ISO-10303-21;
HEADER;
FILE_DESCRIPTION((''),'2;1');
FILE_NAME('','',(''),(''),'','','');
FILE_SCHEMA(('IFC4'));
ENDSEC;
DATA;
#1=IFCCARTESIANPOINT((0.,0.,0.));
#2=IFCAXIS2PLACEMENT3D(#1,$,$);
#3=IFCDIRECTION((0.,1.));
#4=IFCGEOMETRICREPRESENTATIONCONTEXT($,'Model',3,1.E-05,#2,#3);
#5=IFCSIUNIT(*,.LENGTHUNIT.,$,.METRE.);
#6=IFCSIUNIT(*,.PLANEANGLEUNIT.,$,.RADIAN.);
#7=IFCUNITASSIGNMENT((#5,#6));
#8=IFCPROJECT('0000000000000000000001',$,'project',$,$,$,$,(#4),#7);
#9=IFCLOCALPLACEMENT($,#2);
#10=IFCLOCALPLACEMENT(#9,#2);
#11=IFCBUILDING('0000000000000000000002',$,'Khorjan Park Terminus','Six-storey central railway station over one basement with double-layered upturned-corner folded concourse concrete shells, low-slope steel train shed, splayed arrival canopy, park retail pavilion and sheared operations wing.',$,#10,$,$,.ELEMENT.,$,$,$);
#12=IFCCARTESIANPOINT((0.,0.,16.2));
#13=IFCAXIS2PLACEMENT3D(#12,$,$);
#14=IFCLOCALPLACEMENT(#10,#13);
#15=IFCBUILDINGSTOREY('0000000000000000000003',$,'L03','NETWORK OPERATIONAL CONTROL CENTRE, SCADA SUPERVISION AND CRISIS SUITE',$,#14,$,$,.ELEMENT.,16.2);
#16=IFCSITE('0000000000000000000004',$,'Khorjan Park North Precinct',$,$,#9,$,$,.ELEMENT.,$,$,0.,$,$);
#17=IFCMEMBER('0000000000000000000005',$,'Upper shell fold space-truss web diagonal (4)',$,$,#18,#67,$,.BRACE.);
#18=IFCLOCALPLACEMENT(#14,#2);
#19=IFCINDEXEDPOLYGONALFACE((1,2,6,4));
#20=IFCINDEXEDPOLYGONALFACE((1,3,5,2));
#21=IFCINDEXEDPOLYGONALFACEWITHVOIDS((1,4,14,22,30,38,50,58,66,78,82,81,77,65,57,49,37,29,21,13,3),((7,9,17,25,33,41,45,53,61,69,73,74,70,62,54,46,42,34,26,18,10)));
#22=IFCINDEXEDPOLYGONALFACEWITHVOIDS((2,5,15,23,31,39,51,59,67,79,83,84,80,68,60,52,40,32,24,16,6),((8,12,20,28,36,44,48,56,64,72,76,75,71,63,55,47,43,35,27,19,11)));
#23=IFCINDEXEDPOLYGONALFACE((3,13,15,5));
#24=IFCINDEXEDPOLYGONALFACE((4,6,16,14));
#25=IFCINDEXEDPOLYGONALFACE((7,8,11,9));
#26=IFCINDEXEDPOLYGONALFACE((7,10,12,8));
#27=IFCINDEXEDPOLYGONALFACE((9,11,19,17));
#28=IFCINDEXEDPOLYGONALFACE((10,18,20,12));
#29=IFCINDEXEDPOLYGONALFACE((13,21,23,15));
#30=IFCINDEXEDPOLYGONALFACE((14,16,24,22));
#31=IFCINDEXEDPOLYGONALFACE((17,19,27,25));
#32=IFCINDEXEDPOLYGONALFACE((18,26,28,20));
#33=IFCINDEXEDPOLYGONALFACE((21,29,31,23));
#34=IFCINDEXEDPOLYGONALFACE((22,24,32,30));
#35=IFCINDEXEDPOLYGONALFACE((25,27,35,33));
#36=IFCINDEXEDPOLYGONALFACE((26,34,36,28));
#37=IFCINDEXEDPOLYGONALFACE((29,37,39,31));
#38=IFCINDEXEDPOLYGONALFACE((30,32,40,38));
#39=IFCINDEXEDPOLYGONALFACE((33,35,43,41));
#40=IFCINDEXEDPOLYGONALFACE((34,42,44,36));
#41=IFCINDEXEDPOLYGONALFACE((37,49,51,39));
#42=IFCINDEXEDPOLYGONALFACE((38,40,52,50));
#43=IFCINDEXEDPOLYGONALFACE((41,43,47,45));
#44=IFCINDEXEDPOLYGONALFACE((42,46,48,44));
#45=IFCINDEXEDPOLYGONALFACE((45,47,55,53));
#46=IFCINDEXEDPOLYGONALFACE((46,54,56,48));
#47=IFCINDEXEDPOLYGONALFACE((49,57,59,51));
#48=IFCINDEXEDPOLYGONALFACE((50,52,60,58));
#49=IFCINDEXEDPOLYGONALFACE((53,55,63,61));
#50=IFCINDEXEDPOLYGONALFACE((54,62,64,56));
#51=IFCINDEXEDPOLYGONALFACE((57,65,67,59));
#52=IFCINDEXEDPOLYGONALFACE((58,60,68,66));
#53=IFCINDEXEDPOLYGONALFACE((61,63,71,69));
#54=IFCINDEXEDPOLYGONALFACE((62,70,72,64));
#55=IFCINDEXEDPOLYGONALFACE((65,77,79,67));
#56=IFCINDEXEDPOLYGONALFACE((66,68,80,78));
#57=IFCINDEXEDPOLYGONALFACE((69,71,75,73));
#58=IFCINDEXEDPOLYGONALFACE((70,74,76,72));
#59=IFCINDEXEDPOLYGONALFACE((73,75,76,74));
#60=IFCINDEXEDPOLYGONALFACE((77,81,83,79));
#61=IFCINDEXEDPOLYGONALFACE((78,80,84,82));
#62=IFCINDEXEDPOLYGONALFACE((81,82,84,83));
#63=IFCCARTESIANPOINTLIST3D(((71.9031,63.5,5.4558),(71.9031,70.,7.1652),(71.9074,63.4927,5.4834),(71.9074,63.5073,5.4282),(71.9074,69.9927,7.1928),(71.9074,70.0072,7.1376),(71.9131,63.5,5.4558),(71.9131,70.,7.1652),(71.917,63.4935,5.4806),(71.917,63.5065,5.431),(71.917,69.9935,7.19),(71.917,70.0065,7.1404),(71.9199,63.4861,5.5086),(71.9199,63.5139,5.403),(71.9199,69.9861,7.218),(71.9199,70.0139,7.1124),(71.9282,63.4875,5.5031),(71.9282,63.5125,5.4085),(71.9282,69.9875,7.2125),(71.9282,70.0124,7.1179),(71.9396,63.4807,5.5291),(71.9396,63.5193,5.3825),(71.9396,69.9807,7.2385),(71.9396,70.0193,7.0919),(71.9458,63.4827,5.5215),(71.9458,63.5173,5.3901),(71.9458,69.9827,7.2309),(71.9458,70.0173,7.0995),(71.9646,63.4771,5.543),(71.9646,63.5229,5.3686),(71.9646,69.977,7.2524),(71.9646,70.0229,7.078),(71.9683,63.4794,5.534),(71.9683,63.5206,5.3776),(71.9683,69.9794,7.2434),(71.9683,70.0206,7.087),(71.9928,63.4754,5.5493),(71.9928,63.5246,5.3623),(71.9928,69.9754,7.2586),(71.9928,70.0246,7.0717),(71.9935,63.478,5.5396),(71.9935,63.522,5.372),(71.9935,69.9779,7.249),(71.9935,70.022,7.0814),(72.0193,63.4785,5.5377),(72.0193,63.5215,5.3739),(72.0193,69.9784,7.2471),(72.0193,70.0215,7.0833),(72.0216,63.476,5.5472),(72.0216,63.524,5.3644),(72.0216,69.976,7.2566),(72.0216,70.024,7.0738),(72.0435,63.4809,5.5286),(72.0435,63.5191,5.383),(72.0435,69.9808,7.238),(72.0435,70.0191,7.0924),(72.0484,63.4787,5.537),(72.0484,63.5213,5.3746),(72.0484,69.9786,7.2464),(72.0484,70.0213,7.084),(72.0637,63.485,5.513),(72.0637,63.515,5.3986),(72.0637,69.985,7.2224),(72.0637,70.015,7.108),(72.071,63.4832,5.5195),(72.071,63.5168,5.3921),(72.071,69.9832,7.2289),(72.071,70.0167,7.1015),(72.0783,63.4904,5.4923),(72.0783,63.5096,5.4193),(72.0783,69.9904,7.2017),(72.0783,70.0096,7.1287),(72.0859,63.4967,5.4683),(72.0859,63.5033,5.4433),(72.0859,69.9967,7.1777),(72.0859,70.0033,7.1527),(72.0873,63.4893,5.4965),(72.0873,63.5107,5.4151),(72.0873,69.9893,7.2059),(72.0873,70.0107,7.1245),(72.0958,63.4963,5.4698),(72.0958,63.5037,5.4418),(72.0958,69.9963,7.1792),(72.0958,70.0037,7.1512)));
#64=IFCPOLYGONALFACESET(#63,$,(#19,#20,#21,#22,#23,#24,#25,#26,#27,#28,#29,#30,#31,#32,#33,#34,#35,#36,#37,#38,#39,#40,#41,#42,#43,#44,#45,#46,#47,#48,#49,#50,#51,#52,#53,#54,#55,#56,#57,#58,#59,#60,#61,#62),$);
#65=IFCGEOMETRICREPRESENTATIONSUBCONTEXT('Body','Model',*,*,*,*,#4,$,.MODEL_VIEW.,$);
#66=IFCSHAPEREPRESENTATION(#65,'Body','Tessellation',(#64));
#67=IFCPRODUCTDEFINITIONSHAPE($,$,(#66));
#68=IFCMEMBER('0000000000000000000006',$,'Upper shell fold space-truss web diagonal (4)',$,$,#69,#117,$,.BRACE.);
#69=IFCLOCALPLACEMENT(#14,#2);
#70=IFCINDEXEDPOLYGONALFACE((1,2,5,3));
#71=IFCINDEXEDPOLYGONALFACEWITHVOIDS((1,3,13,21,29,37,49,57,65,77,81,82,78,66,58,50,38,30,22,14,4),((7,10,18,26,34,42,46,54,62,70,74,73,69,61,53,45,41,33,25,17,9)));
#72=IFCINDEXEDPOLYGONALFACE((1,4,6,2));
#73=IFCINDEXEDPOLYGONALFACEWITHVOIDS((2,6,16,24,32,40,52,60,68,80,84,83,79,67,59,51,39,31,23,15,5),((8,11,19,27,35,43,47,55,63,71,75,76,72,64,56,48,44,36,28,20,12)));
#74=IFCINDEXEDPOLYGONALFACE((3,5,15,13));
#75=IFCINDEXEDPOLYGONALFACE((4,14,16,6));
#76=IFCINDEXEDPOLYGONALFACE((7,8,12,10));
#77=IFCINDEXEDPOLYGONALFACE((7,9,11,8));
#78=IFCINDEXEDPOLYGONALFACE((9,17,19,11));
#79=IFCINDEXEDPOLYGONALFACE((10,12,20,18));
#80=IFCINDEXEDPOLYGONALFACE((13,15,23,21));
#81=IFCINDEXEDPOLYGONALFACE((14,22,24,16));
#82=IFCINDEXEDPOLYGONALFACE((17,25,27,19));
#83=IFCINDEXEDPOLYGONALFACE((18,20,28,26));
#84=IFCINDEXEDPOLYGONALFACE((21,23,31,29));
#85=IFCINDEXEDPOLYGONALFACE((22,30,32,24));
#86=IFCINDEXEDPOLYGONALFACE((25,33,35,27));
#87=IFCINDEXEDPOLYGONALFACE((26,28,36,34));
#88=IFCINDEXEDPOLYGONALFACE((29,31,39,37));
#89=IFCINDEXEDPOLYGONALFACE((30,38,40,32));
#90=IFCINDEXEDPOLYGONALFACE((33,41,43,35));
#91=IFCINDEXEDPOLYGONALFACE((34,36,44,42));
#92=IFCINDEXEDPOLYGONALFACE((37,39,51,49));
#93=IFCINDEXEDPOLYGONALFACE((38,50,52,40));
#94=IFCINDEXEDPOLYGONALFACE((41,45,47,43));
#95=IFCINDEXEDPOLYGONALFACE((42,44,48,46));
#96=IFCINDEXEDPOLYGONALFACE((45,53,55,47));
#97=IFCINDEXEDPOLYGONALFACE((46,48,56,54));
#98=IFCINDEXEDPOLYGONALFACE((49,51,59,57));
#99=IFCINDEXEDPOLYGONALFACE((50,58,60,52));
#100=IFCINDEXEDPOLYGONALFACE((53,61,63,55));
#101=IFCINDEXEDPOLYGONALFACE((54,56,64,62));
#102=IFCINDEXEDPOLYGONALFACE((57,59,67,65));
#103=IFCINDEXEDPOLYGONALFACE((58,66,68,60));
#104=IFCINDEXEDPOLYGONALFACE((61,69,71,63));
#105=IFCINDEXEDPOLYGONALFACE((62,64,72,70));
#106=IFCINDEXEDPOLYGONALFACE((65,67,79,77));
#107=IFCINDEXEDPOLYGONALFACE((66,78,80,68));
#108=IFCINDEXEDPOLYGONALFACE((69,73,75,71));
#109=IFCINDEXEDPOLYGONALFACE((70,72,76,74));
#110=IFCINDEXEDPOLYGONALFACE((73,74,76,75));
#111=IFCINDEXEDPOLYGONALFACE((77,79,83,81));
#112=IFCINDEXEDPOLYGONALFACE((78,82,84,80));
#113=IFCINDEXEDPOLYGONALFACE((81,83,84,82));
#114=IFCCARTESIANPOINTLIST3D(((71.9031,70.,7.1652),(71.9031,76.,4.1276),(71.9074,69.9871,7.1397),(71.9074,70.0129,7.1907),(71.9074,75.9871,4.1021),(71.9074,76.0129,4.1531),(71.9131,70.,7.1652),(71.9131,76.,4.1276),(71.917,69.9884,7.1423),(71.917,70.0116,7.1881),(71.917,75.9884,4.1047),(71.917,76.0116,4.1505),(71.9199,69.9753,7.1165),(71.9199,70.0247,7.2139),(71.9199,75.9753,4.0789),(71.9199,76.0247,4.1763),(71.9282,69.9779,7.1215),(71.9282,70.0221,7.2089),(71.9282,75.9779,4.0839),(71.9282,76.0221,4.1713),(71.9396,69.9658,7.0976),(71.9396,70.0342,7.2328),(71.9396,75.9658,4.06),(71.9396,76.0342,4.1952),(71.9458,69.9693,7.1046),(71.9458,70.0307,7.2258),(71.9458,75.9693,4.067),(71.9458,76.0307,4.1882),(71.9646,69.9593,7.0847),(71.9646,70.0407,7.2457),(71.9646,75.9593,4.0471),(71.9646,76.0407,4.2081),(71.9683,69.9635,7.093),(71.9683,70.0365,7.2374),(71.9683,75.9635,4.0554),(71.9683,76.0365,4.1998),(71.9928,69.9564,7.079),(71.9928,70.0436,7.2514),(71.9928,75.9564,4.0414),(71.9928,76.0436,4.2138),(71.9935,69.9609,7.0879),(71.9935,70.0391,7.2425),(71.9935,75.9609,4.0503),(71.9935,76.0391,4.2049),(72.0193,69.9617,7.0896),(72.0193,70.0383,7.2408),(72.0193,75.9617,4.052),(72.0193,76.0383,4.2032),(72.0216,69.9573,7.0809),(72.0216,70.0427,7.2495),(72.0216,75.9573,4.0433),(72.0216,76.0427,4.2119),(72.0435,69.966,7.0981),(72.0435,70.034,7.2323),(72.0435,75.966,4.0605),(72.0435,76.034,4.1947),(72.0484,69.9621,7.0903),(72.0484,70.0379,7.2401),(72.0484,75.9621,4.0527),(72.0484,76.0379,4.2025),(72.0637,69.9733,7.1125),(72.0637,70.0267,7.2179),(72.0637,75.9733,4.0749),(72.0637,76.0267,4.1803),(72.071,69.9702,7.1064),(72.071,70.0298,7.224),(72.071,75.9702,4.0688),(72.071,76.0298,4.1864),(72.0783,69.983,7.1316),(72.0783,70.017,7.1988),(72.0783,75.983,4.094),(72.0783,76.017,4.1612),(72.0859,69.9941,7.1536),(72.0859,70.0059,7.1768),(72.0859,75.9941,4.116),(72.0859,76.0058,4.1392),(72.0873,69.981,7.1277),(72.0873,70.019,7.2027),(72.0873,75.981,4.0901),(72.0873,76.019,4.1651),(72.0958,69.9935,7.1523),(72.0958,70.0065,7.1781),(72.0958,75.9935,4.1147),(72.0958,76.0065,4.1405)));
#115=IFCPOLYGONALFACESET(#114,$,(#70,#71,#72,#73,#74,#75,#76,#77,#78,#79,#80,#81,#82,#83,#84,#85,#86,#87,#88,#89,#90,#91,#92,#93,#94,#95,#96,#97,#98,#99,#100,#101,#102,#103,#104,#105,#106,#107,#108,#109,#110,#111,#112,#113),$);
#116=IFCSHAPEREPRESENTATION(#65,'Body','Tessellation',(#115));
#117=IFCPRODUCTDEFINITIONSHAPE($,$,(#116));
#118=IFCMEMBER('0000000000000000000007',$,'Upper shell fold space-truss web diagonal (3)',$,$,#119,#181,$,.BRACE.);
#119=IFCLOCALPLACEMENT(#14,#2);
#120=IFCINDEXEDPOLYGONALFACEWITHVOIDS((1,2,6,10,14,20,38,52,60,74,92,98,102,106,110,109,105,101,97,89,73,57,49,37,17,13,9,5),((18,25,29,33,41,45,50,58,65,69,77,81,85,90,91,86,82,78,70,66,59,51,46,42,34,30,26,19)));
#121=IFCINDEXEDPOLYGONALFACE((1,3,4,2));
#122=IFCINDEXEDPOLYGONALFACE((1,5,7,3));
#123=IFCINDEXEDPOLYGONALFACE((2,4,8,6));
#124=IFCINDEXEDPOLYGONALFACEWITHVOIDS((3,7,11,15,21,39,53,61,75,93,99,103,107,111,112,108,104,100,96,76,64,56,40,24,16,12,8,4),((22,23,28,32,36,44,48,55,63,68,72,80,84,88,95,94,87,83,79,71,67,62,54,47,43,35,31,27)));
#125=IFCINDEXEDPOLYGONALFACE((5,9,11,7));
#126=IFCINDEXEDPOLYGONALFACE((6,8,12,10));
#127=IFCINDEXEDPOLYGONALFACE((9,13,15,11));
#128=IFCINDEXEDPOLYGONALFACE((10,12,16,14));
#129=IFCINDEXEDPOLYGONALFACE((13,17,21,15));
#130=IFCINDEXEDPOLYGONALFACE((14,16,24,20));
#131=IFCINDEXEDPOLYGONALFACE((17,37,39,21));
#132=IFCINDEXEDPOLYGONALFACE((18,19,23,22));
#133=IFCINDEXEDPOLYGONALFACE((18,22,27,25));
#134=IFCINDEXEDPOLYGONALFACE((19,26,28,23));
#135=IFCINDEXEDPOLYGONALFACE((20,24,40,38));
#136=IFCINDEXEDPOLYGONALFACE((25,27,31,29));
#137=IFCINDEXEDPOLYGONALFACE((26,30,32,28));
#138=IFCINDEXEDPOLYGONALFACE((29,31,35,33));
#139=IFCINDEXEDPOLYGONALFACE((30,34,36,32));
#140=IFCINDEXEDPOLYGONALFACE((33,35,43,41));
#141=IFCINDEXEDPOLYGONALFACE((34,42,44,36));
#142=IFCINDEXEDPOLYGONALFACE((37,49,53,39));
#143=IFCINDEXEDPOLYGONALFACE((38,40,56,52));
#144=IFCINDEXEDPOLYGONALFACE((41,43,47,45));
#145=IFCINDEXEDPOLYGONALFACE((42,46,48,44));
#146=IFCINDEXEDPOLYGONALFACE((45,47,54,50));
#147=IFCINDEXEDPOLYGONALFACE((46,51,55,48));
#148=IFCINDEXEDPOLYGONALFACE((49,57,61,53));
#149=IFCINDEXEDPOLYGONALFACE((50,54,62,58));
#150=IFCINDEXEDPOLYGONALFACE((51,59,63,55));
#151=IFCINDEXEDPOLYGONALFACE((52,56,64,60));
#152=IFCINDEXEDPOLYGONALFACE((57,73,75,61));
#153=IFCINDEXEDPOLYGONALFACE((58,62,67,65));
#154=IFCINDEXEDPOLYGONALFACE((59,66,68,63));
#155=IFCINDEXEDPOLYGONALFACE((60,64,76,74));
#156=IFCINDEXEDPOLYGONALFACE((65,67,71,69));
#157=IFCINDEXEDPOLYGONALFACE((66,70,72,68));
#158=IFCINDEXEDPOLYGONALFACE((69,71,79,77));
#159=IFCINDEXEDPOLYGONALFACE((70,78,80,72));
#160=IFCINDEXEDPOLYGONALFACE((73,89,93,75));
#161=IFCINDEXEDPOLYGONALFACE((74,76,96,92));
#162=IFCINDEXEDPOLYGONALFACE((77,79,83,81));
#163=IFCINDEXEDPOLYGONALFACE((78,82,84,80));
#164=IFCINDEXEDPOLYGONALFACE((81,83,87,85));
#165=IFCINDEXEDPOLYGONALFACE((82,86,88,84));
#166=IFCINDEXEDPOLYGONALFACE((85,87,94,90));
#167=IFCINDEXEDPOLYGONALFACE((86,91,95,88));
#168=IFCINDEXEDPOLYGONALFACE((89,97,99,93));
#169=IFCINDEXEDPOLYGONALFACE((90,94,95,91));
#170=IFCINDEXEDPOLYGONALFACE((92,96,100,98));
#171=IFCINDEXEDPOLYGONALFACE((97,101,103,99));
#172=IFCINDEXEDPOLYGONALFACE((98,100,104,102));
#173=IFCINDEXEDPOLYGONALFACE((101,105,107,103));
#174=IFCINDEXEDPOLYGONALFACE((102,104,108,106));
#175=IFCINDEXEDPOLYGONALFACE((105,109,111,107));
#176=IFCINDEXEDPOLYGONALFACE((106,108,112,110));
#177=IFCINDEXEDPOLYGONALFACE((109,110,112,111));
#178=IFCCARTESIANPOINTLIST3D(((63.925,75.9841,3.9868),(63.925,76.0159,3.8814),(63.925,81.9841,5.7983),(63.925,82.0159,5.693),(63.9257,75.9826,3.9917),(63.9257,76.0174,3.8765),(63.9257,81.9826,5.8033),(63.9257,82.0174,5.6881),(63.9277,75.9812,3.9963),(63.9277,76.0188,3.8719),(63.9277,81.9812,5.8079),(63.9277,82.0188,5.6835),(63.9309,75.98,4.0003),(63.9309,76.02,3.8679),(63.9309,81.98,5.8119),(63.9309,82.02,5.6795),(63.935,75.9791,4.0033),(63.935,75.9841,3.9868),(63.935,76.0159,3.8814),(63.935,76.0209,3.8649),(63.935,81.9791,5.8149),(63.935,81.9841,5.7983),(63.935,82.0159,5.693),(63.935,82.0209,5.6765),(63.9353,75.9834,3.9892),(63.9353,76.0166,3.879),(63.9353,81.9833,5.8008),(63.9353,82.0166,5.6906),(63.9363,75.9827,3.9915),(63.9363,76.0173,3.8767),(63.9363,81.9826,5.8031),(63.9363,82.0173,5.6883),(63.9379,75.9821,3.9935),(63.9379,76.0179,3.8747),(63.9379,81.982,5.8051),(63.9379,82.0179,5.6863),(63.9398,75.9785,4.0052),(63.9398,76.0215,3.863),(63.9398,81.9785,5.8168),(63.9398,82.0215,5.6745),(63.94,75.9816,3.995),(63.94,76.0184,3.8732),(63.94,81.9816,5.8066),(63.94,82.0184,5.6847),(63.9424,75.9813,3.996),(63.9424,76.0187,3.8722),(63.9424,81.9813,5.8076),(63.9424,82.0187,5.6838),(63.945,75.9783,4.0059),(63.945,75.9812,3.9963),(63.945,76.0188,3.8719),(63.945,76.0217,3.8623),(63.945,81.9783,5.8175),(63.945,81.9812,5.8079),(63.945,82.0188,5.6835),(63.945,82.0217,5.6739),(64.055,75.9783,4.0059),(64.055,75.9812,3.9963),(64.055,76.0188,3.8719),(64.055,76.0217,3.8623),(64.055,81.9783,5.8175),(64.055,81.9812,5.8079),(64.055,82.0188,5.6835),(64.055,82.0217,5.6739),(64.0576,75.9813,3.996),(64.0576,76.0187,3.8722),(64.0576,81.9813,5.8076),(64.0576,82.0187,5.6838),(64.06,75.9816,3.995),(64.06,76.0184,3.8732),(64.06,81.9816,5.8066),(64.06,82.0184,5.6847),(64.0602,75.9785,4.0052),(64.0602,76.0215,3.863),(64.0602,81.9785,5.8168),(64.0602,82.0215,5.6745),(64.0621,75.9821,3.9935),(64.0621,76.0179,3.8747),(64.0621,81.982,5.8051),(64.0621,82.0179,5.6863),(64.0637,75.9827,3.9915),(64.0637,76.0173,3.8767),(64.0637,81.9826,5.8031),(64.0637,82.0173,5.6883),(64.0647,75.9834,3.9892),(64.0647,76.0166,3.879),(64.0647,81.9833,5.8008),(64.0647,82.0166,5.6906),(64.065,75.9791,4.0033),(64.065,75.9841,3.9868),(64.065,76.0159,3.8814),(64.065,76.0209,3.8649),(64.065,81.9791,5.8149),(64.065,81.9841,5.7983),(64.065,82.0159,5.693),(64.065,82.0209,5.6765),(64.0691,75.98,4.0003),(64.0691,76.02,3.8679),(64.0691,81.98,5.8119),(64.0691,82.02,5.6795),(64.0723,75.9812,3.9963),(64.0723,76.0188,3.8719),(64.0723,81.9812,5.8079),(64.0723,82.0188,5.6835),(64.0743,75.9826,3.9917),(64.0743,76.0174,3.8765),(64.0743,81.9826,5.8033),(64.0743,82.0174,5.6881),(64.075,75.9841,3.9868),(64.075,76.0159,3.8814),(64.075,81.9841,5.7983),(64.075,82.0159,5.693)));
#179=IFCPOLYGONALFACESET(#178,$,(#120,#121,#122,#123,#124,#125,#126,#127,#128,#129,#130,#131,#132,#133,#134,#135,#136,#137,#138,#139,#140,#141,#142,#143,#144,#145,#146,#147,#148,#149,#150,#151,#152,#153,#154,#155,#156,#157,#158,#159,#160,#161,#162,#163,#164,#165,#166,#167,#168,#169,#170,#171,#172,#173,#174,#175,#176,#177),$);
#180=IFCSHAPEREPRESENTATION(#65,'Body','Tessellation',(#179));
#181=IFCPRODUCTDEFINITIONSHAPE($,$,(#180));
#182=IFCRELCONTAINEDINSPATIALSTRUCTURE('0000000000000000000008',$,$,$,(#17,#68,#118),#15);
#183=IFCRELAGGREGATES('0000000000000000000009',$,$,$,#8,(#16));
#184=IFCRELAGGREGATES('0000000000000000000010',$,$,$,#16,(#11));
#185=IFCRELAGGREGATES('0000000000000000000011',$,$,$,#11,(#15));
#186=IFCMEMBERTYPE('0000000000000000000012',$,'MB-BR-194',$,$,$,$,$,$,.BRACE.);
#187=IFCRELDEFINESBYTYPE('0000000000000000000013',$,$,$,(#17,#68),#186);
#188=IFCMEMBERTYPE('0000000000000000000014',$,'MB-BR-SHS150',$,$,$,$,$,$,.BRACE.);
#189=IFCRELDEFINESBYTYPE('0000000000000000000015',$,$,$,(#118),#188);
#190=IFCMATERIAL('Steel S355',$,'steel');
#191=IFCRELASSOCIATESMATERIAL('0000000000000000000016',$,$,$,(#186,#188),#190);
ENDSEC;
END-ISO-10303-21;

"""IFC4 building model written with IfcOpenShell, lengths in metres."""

from ifc_helpers import new_model, si_unit, direction, frame, origin, origin_2d, place, context, subcontext, project, spatial, hollow_rectangle, hollow_circle, extrude, material, material_profile, profile_set, type_object, element, save


model = new_model("IFC4")

# Units and contexts
model_context = context("Model", 3, precision=1e-05, world=origin(), true_north=direction((0.0, 1.0)))
body_context = subcontext(model_context, "Body", "Model", "MODEL_VIEW")
ifc_project = project(units=[si_unit("LENGTHUNIT", "METRE"), si_unit("PLANEANGLEUNIT", "RADIAN")], contexts=[model_context])

# Site, building, storey
site_placement = place(None, origin())
site = spatial("IfcSite", under=ifc_project, at=site_placement, Name="Khorjan Park North Precinct", CompositionType="ELEMENT", RefElevation=0.0)
building_placement = place(site_placement, origin())
building = spatial("IfcBuilding", under=site, at=building_placement, Name="Khorjan Park Terminus", Description="Six-storey central railway station over one basement with double-layered upturned-corner folded concourse concrete shells, low-slope steel train shed, splayed arrival canopy, park retail pavilion and sheared operations wing.", CompositionType="ELEMENT")
storey_placement = place(building_placement, frame((0.0, 0.0, 16.2)))
storey = spatial("IfcBuildingStorey", under=building, at=storey_placement, Name="L03", Description="NETWORK OPERATIONAL CONTROL CENTRE, SCADA SUPERVISION AND CRISIS SUITE", CompositionType="ELEMENT", Elevation=16.2)

# Members
ifc_material = material(Name="Steel S355", Category="steel")
ifc_material_profile_1 = material_profile(ifc_material, hollow_circle(Radius=0.0969, WallThickness=0.01, at=origin_2d()), Name="CHS 193.7x10")
ifc_profile_set_1 = profile_set([ifc_material_profile_1], Name="Steel S355")
member_type_1 = type_object("IfcMemberType", Name="MB-BR-194", PredefinedType="BRACE", material=ifc_profile_set_1)
member_1_placement = place(storey_placement, frame((72.0, 63.5, 5.4558), z_axis=(0.0, 0.967116, 0.254337), x_axis=(-1.0, 0.0, 0.0)))
element("IfcMember", 1, at=member_1_placement, inside=storey, type_object=member_type_1, Name="Upper shell fold space-truss web diagonal (4)", PredefinedType="BRACE", context=body_context, shape_type="SweptSolid", body=[
    extrude(hollow_circle(Radius=0.0969, WallThickness=0.01, at=origin_2d()), origin(), (0.0, 0.0, 1.0), 6.721),
])
member_2_placement = place(storey_placement, frame((72.0, 70.0, 7.1652), z_axis=(0.0, 0.89218, -0.451681), x_axis=(-1.0, 0.0, 0.0)))
element("IfcMember", 2, at=member_2_placement, inside=storey, type_object=member_type_1, Name="Upper shell fold space-truss web diagonal (4)", PredefinedType="BRACE", context=body_context, shape_type="SweptSolid", body=[
    extrude(hollow_circle(Radius=0.0969, WallThickness=0.01, at=origin_2d()), origin(), (0.0, 0.0, 1.0), 6.7251),
])
ifc_material_profile_2 = material_profile(ifc_material, hollow_rectangle(XDim=0.15, YDim=0.15, WallThickness=0.01, InnerFilletRadius=0.01, OuterFilletRadius=0.02, at=origin_2d()), Name="SHS 150x150x10")
ifc_profile_set_2 = profile_set([ifc_material_profile_2], Name="Steel S355")
member_type_2 = type_object("IfcMemberType", Name="MB-BR-SHS150", PredefinedType="BRACE", material=ifc_profile_set_2)
member_3_placement = place(storey_placement, frame((64.0, 76.0, 3.9341), z_axis=(0.0, 0.957315, 0.289045), x_axis=(-1.0, 0.0, 0.0)))
element("IfcMember", 3, at=member_3_placement, inside=storey, type_object=member_type_2, Name="Upper shell fold space-truss web diagonal (3)", PredefinedType="BRACE", context=body_context, shape_type="SweptSolid", body=[
    extrude(hollow_rectangle(XDim=0.15, YDim=0.15, WallThickness=0.01, InnerFilletRadius=0.01, OuterFilletRadius=0.02, at=origin_2d()), origin(), (0.0, 0.0, 1.0), 6.2675),
])

save(model, "model.ifc")
